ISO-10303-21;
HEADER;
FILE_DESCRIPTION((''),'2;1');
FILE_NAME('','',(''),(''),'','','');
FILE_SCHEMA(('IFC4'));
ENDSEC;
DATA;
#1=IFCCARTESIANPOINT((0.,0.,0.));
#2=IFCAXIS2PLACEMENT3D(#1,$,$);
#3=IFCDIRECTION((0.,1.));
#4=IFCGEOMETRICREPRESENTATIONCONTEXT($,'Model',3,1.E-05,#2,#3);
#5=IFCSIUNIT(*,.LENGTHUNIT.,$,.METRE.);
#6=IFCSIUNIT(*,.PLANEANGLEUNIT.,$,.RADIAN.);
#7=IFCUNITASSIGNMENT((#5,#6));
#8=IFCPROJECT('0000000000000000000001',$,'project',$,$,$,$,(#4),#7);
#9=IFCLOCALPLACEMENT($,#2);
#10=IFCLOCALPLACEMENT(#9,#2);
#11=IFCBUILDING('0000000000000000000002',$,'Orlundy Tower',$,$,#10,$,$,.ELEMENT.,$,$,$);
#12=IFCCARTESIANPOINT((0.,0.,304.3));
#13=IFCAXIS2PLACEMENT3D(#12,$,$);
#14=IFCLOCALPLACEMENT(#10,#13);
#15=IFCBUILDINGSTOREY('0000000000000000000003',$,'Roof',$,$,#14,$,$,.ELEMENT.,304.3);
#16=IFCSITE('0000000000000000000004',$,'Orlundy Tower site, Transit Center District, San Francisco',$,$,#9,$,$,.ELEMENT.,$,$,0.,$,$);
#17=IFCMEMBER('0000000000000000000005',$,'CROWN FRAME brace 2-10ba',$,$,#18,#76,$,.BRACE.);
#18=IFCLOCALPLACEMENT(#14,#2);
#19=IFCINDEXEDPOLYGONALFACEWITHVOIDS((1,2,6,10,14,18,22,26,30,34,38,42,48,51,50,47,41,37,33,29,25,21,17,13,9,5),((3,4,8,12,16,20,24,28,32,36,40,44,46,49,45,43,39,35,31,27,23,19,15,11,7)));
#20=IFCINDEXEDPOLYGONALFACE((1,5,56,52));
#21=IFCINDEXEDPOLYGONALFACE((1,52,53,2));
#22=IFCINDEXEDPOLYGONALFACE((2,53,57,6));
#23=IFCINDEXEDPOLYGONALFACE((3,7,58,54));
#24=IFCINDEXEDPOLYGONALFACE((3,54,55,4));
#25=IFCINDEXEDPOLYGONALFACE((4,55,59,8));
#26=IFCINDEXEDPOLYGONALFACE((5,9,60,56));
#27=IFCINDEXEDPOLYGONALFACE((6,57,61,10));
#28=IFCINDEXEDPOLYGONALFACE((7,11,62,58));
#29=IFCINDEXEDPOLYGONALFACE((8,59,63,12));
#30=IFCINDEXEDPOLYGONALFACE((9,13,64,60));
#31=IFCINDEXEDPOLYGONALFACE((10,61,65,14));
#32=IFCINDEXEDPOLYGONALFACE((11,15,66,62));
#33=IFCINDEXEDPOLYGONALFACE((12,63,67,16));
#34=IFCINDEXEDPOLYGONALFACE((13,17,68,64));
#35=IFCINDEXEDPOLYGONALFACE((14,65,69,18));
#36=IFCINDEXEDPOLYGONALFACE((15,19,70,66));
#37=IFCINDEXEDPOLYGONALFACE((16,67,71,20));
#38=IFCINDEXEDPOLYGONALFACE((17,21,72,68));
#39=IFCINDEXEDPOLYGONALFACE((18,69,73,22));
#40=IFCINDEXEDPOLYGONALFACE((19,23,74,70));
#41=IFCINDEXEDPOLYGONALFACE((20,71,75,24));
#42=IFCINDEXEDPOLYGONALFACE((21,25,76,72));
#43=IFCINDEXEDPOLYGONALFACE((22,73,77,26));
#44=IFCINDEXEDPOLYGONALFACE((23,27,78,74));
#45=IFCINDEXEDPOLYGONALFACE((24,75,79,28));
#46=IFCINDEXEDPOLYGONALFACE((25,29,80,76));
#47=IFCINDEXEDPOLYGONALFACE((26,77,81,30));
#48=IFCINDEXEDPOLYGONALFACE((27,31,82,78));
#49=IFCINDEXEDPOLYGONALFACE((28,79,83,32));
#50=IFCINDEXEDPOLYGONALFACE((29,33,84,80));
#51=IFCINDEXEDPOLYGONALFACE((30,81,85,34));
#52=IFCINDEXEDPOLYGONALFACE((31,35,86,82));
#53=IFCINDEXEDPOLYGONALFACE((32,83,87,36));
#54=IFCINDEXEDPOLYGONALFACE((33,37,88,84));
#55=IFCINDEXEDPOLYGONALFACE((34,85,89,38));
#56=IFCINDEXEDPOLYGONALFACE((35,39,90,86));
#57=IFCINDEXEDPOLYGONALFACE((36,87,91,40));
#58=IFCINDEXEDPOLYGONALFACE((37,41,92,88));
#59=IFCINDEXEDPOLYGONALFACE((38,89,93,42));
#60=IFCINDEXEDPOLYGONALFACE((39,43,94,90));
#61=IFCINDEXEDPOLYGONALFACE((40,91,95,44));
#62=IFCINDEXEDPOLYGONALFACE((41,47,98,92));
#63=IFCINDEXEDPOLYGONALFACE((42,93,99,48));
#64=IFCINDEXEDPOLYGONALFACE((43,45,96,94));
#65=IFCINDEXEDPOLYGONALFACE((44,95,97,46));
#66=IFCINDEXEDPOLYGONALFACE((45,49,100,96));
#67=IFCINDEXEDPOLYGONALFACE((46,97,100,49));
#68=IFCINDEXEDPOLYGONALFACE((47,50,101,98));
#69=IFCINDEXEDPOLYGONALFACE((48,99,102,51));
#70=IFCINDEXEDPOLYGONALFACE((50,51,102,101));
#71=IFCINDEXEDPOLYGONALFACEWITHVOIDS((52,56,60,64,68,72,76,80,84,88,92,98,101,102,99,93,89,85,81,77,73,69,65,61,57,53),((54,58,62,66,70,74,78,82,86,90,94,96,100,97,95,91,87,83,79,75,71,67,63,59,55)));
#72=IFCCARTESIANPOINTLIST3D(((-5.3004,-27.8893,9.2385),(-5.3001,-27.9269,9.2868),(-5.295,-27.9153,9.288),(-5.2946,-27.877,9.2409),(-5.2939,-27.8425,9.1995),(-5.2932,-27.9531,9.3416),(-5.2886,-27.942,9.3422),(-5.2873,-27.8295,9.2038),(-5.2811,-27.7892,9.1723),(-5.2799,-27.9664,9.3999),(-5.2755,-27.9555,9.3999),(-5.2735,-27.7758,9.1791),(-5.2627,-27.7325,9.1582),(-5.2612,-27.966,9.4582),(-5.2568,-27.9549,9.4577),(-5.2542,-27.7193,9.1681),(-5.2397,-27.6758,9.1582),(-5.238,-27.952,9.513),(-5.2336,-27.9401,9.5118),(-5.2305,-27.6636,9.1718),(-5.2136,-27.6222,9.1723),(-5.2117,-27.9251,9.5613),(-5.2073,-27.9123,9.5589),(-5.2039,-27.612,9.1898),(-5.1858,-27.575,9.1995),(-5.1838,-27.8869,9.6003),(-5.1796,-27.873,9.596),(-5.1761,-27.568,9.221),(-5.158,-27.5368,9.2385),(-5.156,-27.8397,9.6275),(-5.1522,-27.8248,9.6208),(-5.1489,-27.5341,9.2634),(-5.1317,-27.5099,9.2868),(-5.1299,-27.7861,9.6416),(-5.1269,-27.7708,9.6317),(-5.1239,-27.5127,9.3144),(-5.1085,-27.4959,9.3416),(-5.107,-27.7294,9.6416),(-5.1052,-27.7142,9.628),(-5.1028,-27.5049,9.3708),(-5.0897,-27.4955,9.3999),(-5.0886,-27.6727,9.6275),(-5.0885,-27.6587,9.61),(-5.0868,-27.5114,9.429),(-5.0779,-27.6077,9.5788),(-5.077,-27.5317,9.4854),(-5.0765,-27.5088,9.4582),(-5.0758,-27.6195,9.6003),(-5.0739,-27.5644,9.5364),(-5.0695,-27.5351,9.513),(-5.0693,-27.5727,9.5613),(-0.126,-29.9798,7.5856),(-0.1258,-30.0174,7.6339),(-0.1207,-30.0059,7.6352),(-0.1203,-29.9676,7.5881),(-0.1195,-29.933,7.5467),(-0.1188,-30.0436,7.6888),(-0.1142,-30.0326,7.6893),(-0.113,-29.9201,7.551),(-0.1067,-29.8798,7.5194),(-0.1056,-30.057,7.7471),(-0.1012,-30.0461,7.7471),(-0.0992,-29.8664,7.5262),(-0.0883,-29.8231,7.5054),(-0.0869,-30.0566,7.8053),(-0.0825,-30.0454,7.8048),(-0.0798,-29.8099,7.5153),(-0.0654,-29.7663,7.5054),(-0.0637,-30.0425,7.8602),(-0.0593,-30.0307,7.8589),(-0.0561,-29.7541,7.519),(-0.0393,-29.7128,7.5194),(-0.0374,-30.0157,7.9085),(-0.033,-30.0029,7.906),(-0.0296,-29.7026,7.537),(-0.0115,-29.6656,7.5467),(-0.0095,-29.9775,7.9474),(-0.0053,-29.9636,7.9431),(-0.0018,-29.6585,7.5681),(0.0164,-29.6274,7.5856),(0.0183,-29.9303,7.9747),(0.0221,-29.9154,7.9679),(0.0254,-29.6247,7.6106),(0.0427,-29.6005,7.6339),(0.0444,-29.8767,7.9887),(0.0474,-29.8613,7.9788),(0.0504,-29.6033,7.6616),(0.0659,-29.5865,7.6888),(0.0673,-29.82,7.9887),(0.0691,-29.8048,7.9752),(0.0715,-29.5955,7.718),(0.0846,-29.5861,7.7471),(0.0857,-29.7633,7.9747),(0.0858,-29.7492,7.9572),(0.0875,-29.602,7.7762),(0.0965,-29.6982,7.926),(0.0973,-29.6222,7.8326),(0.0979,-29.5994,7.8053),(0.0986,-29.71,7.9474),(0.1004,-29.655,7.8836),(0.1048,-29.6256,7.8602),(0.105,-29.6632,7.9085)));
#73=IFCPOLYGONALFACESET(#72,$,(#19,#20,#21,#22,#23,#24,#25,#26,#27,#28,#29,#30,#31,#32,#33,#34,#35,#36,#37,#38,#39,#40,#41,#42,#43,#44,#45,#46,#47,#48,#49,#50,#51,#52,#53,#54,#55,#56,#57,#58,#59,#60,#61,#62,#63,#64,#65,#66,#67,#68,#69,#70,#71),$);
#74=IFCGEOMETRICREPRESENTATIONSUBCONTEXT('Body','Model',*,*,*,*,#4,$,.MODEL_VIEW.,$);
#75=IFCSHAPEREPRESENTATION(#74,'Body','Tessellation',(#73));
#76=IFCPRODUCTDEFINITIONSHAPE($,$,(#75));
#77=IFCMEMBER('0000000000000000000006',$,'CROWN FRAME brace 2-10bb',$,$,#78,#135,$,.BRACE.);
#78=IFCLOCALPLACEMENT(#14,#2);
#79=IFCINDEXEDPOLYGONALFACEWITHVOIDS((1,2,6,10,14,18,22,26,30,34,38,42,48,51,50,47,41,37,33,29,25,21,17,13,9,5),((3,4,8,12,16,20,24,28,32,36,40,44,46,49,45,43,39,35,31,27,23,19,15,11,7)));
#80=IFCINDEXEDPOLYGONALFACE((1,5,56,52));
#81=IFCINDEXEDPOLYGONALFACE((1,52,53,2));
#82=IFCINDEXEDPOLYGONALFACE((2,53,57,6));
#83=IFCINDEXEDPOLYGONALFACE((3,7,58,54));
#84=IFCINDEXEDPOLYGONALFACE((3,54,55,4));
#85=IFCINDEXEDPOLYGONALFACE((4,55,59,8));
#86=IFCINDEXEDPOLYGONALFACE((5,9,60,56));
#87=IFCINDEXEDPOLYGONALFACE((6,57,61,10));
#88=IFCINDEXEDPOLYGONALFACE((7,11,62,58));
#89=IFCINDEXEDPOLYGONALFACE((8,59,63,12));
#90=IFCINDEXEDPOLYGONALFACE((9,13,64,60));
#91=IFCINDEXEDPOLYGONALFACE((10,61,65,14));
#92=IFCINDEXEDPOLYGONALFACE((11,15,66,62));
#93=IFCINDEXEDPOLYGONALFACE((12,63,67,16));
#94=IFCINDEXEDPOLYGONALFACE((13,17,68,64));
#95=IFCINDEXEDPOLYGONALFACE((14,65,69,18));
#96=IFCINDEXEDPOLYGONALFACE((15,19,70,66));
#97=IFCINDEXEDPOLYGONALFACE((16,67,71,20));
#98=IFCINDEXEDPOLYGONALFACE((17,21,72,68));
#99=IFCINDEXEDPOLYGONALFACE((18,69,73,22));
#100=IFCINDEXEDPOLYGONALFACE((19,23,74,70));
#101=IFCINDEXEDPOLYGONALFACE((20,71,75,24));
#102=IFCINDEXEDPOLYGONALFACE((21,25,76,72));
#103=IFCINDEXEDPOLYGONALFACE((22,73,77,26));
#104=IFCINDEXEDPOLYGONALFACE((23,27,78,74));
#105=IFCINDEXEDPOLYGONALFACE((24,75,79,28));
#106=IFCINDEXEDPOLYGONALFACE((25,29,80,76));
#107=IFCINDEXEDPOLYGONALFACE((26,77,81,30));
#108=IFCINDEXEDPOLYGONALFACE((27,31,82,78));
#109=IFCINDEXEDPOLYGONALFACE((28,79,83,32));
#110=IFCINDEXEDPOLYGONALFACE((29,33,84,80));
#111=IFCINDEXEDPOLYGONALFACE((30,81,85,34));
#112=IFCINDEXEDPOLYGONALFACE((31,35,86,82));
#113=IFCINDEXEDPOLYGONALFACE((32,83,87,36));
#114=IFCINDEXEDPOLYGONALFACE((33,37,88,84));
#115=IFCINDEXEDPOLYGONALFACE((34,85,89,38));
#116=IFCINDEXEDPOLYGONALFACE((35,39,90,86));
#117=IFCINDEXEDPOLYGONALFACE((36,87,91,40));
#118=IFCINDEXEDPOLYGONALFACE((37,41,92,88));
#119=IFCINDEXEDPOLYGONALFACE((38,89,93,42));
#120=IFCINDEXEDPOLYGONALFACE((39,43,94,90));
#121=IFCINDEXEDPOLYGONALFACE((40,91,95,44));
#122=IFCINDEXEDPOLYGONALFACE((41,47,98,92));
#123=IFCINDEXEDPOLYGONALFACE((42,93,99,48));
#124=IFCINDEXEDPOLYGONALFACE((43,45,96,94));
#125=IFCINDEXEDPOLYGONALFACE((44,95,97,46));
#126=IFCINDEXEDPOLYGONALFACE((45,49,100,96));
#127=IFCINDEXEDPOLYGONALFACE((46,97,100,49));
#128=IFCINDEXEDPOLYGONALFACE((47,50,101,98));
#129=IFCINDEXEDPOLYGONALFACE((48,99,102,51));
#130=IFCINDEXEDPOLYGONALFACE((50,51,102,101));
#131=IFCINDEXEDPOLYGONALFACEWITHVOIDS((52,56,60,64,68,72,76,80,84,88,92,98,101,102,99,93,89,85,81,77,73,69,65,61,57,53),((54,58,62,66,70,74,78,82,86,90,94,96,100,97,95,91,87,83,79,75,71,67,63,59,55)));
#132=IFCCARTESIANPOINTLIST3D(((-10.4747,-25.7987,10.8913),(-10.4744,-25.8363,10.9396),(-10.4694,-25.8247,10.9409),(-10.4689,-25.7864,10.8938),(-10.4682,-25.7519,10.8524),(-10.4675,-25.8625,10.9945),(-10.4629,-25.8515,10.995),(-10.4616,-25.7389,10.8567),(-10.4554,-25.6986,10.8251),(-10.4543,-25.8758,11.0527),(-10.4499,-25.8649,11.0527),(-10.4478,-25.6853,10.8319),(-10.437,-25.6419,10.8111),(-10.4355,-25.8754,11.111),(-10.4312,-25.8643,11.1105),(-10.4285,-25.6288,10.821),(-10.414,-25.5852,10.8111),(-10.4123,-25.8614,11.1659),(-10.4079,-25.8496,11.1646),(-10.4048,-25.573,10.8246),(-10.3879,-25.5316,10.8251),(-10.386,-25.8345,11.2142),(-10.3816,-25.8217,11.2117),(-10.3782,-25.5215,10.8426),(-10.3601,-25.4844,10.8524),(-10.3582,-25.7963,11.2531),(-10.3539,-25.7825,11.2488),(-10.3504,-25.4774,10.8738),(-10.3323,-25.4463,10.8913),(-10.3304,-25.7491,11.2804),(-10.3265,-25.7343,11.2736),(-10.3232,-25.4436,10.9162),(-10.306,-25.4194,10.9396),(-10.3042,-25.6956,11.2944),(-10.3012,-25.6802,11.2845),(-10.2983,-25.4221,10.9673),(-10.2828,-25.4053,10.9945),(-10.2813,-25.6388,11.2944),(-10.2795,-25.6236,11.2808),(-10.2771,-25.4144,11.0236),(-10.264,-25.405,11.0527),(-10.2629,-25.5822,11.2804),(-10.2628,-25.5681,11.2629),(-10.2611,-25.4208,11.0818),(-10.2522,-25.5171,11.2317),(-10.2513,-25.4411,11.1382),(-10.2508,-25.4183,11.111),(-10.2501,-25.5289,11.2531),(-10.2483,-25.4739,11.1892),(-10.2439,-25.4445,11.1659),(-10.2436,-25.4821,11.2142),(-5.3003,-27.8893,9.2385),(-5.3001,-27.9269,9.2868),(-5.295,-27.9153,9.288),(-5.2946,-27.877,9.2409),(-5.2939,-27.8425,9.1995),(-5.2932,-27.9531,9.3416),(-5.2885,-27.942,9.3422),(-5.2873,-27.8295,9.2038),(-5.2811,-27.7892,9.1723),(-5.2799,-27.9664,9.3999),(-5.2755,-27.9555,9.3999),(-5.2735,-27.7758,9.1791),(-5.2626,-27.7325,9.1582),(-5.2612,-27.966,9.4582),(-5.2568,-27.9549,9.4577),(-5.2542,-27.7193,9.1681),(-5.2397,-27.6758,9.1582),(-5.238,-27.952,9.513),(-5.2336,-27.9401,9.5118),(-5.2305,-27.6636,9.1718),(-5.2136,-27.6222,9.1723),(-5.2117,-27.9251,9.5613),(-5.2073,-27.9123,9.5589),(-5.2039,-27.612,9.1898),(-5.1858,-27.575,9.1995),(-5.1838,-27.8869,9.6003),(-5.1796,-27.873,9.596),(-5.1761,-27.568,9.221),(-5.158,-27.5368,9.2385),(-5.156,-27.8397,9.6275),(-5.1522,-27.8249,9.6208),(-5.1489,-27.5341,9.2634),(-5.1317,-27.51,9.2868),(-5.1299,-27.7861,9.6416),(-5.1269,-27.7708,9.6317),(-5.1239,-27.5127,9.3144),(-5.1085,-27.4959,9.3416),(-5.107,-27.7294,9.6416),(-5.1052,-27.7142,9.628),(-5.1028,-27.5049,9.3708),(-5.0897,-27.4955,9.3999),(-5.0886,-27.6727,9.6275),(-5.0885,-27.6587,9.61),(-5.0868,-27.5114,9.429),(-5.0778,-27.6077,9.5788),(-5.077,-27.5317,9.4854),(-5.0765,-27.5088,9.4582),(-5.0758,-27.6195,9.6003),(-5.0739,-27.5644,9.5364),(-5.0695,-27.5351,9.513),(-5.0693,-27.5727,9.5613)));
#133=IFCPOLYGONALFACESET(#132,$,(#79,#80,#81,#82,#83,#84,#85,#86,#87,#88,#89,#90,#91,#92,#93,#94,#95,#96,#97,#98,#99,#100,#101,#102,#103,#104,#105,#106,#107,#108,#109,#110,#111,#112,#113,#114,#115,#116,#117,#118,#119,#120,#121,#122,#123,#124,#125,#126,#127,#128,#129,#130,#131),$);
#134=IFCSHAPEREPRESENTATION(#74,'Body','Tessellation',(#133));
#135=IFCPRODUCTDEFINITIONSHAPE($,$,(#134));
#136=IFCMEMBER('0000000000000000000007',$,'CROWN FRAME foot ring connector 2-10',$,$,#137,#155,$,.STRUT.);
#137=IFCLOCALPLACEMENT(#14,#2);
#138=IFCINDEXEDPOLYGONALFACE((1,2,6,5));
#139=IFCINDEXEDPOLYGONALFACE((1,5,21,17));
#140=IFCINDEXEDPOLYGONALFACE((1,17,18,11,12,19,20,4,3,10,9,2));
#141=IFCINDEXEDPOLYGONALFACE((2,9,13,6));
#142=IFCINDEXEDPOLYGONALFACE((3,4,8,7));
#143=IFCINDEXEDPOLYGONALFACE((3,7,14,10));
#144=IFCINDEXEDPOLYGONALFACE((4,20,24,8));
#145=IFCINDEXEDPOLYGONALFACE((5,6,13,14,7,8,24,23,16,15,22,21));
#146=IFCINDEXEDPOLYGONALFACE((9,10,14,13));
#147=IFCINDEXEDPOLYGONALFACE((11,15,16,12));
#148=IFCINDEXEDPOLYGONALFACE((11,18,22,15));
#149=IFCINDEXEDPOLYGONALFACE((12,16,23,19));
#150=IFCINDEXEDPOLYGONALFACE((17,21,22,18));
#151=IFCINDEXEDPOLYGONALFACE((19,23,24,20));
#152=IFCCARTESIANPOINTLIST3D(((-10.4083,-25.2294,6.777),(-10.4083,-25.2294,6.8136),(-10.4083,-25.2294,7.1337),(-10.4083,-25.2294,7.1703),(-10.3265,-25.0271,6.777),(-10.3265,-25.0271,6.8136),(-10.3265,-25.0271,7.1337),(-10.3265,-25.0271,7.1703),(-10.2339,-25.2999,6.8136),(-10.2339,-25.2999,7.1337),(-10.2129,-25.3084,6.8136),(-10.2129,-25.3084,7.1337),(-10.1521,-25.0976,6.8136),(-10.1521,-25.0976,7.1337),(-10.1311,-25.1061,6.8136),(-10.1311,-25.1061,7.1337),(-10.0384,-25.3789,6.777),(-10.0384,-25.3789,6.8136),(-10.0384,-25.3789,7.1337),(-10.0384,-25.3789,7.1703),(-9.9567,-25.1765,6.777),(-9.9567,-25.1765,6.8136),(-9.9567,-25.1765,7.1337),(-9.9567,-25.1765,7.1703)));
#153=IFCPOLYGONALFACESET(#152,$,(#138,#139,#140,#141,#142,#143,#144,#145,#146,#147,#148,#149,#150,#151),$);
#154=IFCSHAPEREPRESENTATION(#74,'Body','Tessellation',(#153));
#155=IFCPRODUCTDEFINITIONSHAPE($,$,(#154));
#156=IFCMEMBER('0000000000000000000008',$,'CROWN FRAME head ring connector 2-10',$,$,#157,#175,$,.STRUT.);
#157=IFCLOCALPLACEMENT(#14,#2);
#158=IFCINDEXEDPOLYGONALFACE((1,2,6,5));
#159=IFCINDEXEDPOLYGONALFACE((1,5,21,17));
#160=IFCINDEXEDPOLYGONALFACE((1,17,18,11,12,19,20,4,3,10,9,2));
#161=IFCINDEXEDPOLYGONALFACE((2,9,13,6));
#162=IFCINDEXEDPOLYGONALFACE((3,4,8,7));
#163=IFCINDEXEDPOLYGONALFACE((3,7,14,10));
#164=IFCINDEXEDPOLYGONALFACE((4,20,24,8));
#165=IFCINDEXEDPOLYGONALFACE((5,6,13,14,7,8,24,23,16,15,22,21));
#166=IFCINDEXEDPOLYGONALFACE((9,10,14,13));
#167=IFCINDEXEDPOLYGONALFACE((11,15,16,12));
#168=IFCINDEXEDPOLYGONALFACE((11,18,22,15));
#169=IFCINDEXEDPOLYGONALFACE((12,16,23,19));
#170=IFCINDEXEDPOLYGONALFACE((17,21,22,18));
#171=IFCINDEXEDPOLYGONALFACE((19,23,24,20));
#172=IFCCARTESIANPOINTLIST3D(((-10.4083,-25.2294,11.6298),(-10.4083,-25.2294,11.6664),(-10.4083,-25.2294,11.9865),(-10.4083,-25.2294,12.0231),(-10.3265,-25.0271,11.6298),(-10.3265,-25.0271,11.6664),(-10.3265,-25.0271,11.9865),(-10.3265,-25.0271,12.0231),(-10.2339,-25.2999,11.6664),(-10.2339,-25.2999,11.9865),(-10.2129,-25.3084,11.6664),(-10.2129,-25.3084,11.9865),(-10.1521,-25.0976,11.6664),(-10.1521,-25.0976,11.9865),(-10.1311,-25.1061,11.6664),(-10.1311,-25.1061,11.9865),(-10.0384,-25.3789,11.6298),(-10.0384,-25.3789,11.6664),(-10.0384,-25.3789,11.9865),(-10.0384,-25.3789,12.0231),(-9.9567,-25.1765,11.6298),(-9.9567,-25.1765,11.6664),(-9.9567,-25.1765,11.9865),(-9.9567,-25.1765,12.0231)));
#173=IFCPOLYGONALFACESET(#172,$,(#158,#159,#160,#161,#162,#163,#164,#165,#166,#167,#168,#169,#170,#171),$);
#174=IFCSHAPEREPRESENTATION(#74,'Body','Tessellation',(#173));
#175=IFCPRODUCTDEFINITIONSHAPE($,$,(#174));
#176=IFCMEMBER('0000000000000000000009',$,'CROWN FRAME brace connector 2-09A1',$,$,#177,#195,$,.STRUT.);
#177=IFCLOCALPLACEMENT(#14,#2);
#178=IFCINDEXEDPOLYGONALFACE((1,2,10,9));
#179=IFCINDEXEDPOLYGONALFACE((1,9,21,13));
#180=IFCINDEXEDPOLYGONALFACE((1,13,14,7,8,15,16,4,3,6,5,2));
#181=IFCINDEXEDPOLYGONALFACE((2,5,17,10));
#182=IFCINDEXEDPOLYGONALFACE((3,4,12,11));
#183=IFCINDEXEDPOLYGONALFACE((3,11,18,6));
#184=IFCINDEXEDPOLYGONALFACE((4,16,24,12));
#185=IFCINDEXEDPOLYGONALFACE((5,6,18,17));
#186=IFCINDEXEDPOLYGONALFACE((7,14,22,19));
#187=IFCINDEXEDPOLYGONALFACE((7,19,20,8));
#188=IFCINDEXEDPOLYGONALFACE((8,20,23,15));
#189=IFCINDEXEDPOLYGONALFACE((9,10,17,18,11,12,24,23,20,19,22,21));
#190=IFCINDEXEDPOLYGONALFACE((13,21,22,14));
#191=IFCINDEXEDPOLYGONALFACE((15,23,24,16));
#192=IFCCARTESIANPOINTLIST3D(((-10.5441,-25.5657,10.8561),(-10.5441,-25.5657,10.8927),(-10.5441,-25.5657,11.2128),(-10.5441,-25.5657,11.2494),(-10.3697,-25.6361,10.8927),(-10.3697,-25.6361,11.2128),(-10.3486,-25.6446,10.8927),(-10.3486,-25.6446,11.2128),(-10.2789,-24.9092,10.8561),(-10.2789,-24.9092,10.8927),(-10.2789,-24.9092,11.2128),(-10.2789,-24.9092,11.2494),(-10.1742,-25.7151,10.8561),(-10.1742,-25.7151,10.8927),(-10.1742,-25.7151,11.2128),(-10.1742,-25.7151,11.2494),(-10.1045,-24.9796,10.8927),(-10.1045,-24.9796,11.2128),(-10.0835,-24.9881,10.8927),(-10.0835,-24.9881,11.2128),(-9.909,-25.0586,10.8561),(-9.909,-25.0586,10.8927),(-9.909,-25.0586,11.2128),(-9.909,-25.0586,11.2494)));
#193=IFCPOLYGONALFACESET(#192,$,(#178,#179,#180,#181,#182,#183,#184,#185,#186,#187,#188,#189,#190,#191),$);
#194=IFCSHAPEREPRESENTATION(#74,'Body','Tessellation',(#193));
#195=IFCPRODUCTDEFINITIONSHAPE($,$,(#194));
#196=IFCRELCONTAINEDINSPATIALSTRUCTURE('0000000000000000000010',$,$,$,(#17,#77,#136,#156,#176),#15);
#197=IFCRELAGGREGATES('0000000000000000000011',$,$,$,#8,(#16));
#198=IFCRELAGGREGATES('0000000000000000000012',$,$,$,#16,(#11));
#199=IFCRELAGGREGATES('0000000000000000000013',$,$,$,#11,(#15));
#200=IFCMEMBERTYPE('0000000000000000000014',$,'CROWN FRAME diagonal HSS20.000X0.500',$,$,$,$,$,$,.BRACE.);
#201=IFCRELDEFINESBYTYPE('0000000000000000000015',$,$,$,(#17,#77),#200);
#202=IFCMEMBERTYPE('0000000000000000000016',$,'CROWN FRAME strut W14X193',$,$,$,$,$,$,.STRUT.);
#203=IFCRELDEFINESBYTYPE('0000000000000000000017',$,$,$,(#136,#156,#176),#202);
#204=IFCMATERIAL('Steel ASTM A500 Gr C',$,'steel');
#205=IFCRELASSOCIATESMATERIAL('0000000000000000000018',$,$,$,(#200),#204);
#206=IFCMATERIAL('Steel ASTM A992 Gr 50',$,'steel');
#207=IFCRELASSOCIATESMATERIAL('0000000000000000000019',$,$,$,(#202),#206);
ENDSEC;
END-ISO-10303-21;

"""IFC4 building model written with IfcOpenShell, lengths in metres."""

from ifc_helpers import new_model, si_unit, direction, frame, origin, origin_2d, place, context, subcontext, project, spatial, hollow_circle, i_section, extrude, material, material_profile, profile_set, type_object, element, save


model = new_model("IFC4")

# Units and contexts
model_context = context("Model", 3, precision=1e-05, world=origin(), true_north=direction((0.0, 1.0)))
body_context = subcontext(model_context, "Body", "Model", "MODEL_VIEW")
ifc_project = project(units=[si_unit("LENGTHUNIT", "METRE"), si_unit("PLANEANGLEUNIT", "RADIAN")], contexts=[model_context])

# Site, building, storey
site_placement = place(None, origin())
site = spatial("IfcSite", under=ifc_project, at=site_placement, Name="Orlundy Tower site, Transit Center District, San Francisco", CompositionType="ELEMENT", RefElevation=0.0)
building_placement = place(site_placement, origin())
building = spatial("IfcBuilding", under=site, at=building_placement, Name="Orlundy Tower", CompositionType="ELEMENT")
storey_placement = place(building_placement, frame((0.0, 0.0, 304.3)))
storey = spatial("IfcBuildingStorey", under=building, at=storey_placement, Name="Roof", CompositionType="ELEMENT", Elevation=304.3)

# Members
ifc_material_1 = material(Name="Steel ASTM A500 Gr C", Category="steel")
ifc_material_profile_1 = material_profile(ifc_material_1, hollow_circle(Radius=0.2539, WallThickness=0.0117, at=origin_2d()), Name="HSS20.000X0.500")
ifc_profile_set_1 = profile_set([ifc_material_profile_1], Name="Steel ASTM A500 Gr C")
member_type_1 = type_object("IfcMemberType", Name="CROWN FRAME diagonal HSS20.000X0.500", PredefinedType="BRACE", material=ifc_profile_set_1)
for number, where, z_axis, x_axis, name in (
    (1, (-0.0105, -29.8215, 7.7471), (-0.889012, 0.359187, 0.283977), (-0.374609, -0.927183, 0.0), "CROWN FRAME brace 2-10ba"),
    (2, (-5.1848, -27.731, 9.3999), (-0.889012, 0.359187, 0.283977), (-0.374609, -0.927183, 0.0), "CROWN FRAME brace 2-10bb"),
):
    element("IfcMember", number, at=place(storey_placement, frame(where, z_axis=z_axis, x_axis=x_axis)), inside=storey, type_object=member_type_1, Name=name, PredefinedType="BRACE", context=body_context, shape_type="SweptSolid", body=[
        extrude(hollow_circle(Radius=0.2539, WallThickness=0.0117, at=origin_2d()), origin(), (0.0, 0.0, 1.0), 5.8203),
    ])
ifc_material_2 = material(Name="Steel ASTM A992 Gr 50", Category="steel")
ifc_material_profile_2 = material_profile(ifc_material_2, i_section(OverallWidth=0.3989, OverallDepth=0.3933, WebThickness=0.0227, FlangeThickness=0.0366, at=origin_2d()), Name="W14X193")
ifc_profile_set_2 = profile_set([ifc_material_profile_2], Name="Steel ASTM A992 Gr 50")
member_type_2 = type_object("IfcMemberType", Name="CROWN FRAME strut W14X193", PredefinedType="STRUT", material=ifc_profile_set_2)
for number, where, z_axis, x_axis, name in (
    (3, (-10.1416, -25.1018, 6.9736), (-0.374666, -0.92716, 0.0), (0.92716, -0.374666, 0.0), "CROWN FRAME foot ring connector 2-10"),
    (4, (-10.1416, -25.1018, 11.8264), (-0.374666, -0.92716, 0.0), (0.92716, -0.374666, 0.0), "CROWN FRAME head ring connector 2-10"),
):
    element("IfcMember", number, at=place(storey_placement, frame(where, z_axis=z_axis, x_axis=x_axis)), inside=storey, type_object=member_type_2, Name=name, PredefinedType="STRUT", context=body_context, shape_type="SweptSolid", body=[
        extrude(i_section(OverallWidth=0.3989, OverallDepth=0.3933, WebThickness=0.0227, FlangeThickness=0.0366, at=origin_2d()), origin(), (0.0, 0.0, 1.0), 0.2183),
    ])
for number, where, z_axis, x_axis, name in (
    (5, (-10.094, -24.9839, 11.0527), (-0.37448, -0.927235, 0.0), (0.927235, -0.37448, 0.0), "CROWN FRAME brace connector 2-09A1"),
):
    element("IfcMember", number, at=place(storey_placement, frame(where, z_axis=z_axis, x_axis=x_axis)), inside=storey, type_object=member_type_2, Name=name, PredefinedType="STRUT", context=body_context, shape_type="SweptSolid", body=[
        extrude(i_section(OverallWidth=0.3989, OverallDepth=0.3933, WebThickness=0.0227, FlangeThickness=0.0366, at=origin_2d()), origin(), (0.0, 0.0, 1.0), 0.708),
    ])

save(model, "model.ifc")
